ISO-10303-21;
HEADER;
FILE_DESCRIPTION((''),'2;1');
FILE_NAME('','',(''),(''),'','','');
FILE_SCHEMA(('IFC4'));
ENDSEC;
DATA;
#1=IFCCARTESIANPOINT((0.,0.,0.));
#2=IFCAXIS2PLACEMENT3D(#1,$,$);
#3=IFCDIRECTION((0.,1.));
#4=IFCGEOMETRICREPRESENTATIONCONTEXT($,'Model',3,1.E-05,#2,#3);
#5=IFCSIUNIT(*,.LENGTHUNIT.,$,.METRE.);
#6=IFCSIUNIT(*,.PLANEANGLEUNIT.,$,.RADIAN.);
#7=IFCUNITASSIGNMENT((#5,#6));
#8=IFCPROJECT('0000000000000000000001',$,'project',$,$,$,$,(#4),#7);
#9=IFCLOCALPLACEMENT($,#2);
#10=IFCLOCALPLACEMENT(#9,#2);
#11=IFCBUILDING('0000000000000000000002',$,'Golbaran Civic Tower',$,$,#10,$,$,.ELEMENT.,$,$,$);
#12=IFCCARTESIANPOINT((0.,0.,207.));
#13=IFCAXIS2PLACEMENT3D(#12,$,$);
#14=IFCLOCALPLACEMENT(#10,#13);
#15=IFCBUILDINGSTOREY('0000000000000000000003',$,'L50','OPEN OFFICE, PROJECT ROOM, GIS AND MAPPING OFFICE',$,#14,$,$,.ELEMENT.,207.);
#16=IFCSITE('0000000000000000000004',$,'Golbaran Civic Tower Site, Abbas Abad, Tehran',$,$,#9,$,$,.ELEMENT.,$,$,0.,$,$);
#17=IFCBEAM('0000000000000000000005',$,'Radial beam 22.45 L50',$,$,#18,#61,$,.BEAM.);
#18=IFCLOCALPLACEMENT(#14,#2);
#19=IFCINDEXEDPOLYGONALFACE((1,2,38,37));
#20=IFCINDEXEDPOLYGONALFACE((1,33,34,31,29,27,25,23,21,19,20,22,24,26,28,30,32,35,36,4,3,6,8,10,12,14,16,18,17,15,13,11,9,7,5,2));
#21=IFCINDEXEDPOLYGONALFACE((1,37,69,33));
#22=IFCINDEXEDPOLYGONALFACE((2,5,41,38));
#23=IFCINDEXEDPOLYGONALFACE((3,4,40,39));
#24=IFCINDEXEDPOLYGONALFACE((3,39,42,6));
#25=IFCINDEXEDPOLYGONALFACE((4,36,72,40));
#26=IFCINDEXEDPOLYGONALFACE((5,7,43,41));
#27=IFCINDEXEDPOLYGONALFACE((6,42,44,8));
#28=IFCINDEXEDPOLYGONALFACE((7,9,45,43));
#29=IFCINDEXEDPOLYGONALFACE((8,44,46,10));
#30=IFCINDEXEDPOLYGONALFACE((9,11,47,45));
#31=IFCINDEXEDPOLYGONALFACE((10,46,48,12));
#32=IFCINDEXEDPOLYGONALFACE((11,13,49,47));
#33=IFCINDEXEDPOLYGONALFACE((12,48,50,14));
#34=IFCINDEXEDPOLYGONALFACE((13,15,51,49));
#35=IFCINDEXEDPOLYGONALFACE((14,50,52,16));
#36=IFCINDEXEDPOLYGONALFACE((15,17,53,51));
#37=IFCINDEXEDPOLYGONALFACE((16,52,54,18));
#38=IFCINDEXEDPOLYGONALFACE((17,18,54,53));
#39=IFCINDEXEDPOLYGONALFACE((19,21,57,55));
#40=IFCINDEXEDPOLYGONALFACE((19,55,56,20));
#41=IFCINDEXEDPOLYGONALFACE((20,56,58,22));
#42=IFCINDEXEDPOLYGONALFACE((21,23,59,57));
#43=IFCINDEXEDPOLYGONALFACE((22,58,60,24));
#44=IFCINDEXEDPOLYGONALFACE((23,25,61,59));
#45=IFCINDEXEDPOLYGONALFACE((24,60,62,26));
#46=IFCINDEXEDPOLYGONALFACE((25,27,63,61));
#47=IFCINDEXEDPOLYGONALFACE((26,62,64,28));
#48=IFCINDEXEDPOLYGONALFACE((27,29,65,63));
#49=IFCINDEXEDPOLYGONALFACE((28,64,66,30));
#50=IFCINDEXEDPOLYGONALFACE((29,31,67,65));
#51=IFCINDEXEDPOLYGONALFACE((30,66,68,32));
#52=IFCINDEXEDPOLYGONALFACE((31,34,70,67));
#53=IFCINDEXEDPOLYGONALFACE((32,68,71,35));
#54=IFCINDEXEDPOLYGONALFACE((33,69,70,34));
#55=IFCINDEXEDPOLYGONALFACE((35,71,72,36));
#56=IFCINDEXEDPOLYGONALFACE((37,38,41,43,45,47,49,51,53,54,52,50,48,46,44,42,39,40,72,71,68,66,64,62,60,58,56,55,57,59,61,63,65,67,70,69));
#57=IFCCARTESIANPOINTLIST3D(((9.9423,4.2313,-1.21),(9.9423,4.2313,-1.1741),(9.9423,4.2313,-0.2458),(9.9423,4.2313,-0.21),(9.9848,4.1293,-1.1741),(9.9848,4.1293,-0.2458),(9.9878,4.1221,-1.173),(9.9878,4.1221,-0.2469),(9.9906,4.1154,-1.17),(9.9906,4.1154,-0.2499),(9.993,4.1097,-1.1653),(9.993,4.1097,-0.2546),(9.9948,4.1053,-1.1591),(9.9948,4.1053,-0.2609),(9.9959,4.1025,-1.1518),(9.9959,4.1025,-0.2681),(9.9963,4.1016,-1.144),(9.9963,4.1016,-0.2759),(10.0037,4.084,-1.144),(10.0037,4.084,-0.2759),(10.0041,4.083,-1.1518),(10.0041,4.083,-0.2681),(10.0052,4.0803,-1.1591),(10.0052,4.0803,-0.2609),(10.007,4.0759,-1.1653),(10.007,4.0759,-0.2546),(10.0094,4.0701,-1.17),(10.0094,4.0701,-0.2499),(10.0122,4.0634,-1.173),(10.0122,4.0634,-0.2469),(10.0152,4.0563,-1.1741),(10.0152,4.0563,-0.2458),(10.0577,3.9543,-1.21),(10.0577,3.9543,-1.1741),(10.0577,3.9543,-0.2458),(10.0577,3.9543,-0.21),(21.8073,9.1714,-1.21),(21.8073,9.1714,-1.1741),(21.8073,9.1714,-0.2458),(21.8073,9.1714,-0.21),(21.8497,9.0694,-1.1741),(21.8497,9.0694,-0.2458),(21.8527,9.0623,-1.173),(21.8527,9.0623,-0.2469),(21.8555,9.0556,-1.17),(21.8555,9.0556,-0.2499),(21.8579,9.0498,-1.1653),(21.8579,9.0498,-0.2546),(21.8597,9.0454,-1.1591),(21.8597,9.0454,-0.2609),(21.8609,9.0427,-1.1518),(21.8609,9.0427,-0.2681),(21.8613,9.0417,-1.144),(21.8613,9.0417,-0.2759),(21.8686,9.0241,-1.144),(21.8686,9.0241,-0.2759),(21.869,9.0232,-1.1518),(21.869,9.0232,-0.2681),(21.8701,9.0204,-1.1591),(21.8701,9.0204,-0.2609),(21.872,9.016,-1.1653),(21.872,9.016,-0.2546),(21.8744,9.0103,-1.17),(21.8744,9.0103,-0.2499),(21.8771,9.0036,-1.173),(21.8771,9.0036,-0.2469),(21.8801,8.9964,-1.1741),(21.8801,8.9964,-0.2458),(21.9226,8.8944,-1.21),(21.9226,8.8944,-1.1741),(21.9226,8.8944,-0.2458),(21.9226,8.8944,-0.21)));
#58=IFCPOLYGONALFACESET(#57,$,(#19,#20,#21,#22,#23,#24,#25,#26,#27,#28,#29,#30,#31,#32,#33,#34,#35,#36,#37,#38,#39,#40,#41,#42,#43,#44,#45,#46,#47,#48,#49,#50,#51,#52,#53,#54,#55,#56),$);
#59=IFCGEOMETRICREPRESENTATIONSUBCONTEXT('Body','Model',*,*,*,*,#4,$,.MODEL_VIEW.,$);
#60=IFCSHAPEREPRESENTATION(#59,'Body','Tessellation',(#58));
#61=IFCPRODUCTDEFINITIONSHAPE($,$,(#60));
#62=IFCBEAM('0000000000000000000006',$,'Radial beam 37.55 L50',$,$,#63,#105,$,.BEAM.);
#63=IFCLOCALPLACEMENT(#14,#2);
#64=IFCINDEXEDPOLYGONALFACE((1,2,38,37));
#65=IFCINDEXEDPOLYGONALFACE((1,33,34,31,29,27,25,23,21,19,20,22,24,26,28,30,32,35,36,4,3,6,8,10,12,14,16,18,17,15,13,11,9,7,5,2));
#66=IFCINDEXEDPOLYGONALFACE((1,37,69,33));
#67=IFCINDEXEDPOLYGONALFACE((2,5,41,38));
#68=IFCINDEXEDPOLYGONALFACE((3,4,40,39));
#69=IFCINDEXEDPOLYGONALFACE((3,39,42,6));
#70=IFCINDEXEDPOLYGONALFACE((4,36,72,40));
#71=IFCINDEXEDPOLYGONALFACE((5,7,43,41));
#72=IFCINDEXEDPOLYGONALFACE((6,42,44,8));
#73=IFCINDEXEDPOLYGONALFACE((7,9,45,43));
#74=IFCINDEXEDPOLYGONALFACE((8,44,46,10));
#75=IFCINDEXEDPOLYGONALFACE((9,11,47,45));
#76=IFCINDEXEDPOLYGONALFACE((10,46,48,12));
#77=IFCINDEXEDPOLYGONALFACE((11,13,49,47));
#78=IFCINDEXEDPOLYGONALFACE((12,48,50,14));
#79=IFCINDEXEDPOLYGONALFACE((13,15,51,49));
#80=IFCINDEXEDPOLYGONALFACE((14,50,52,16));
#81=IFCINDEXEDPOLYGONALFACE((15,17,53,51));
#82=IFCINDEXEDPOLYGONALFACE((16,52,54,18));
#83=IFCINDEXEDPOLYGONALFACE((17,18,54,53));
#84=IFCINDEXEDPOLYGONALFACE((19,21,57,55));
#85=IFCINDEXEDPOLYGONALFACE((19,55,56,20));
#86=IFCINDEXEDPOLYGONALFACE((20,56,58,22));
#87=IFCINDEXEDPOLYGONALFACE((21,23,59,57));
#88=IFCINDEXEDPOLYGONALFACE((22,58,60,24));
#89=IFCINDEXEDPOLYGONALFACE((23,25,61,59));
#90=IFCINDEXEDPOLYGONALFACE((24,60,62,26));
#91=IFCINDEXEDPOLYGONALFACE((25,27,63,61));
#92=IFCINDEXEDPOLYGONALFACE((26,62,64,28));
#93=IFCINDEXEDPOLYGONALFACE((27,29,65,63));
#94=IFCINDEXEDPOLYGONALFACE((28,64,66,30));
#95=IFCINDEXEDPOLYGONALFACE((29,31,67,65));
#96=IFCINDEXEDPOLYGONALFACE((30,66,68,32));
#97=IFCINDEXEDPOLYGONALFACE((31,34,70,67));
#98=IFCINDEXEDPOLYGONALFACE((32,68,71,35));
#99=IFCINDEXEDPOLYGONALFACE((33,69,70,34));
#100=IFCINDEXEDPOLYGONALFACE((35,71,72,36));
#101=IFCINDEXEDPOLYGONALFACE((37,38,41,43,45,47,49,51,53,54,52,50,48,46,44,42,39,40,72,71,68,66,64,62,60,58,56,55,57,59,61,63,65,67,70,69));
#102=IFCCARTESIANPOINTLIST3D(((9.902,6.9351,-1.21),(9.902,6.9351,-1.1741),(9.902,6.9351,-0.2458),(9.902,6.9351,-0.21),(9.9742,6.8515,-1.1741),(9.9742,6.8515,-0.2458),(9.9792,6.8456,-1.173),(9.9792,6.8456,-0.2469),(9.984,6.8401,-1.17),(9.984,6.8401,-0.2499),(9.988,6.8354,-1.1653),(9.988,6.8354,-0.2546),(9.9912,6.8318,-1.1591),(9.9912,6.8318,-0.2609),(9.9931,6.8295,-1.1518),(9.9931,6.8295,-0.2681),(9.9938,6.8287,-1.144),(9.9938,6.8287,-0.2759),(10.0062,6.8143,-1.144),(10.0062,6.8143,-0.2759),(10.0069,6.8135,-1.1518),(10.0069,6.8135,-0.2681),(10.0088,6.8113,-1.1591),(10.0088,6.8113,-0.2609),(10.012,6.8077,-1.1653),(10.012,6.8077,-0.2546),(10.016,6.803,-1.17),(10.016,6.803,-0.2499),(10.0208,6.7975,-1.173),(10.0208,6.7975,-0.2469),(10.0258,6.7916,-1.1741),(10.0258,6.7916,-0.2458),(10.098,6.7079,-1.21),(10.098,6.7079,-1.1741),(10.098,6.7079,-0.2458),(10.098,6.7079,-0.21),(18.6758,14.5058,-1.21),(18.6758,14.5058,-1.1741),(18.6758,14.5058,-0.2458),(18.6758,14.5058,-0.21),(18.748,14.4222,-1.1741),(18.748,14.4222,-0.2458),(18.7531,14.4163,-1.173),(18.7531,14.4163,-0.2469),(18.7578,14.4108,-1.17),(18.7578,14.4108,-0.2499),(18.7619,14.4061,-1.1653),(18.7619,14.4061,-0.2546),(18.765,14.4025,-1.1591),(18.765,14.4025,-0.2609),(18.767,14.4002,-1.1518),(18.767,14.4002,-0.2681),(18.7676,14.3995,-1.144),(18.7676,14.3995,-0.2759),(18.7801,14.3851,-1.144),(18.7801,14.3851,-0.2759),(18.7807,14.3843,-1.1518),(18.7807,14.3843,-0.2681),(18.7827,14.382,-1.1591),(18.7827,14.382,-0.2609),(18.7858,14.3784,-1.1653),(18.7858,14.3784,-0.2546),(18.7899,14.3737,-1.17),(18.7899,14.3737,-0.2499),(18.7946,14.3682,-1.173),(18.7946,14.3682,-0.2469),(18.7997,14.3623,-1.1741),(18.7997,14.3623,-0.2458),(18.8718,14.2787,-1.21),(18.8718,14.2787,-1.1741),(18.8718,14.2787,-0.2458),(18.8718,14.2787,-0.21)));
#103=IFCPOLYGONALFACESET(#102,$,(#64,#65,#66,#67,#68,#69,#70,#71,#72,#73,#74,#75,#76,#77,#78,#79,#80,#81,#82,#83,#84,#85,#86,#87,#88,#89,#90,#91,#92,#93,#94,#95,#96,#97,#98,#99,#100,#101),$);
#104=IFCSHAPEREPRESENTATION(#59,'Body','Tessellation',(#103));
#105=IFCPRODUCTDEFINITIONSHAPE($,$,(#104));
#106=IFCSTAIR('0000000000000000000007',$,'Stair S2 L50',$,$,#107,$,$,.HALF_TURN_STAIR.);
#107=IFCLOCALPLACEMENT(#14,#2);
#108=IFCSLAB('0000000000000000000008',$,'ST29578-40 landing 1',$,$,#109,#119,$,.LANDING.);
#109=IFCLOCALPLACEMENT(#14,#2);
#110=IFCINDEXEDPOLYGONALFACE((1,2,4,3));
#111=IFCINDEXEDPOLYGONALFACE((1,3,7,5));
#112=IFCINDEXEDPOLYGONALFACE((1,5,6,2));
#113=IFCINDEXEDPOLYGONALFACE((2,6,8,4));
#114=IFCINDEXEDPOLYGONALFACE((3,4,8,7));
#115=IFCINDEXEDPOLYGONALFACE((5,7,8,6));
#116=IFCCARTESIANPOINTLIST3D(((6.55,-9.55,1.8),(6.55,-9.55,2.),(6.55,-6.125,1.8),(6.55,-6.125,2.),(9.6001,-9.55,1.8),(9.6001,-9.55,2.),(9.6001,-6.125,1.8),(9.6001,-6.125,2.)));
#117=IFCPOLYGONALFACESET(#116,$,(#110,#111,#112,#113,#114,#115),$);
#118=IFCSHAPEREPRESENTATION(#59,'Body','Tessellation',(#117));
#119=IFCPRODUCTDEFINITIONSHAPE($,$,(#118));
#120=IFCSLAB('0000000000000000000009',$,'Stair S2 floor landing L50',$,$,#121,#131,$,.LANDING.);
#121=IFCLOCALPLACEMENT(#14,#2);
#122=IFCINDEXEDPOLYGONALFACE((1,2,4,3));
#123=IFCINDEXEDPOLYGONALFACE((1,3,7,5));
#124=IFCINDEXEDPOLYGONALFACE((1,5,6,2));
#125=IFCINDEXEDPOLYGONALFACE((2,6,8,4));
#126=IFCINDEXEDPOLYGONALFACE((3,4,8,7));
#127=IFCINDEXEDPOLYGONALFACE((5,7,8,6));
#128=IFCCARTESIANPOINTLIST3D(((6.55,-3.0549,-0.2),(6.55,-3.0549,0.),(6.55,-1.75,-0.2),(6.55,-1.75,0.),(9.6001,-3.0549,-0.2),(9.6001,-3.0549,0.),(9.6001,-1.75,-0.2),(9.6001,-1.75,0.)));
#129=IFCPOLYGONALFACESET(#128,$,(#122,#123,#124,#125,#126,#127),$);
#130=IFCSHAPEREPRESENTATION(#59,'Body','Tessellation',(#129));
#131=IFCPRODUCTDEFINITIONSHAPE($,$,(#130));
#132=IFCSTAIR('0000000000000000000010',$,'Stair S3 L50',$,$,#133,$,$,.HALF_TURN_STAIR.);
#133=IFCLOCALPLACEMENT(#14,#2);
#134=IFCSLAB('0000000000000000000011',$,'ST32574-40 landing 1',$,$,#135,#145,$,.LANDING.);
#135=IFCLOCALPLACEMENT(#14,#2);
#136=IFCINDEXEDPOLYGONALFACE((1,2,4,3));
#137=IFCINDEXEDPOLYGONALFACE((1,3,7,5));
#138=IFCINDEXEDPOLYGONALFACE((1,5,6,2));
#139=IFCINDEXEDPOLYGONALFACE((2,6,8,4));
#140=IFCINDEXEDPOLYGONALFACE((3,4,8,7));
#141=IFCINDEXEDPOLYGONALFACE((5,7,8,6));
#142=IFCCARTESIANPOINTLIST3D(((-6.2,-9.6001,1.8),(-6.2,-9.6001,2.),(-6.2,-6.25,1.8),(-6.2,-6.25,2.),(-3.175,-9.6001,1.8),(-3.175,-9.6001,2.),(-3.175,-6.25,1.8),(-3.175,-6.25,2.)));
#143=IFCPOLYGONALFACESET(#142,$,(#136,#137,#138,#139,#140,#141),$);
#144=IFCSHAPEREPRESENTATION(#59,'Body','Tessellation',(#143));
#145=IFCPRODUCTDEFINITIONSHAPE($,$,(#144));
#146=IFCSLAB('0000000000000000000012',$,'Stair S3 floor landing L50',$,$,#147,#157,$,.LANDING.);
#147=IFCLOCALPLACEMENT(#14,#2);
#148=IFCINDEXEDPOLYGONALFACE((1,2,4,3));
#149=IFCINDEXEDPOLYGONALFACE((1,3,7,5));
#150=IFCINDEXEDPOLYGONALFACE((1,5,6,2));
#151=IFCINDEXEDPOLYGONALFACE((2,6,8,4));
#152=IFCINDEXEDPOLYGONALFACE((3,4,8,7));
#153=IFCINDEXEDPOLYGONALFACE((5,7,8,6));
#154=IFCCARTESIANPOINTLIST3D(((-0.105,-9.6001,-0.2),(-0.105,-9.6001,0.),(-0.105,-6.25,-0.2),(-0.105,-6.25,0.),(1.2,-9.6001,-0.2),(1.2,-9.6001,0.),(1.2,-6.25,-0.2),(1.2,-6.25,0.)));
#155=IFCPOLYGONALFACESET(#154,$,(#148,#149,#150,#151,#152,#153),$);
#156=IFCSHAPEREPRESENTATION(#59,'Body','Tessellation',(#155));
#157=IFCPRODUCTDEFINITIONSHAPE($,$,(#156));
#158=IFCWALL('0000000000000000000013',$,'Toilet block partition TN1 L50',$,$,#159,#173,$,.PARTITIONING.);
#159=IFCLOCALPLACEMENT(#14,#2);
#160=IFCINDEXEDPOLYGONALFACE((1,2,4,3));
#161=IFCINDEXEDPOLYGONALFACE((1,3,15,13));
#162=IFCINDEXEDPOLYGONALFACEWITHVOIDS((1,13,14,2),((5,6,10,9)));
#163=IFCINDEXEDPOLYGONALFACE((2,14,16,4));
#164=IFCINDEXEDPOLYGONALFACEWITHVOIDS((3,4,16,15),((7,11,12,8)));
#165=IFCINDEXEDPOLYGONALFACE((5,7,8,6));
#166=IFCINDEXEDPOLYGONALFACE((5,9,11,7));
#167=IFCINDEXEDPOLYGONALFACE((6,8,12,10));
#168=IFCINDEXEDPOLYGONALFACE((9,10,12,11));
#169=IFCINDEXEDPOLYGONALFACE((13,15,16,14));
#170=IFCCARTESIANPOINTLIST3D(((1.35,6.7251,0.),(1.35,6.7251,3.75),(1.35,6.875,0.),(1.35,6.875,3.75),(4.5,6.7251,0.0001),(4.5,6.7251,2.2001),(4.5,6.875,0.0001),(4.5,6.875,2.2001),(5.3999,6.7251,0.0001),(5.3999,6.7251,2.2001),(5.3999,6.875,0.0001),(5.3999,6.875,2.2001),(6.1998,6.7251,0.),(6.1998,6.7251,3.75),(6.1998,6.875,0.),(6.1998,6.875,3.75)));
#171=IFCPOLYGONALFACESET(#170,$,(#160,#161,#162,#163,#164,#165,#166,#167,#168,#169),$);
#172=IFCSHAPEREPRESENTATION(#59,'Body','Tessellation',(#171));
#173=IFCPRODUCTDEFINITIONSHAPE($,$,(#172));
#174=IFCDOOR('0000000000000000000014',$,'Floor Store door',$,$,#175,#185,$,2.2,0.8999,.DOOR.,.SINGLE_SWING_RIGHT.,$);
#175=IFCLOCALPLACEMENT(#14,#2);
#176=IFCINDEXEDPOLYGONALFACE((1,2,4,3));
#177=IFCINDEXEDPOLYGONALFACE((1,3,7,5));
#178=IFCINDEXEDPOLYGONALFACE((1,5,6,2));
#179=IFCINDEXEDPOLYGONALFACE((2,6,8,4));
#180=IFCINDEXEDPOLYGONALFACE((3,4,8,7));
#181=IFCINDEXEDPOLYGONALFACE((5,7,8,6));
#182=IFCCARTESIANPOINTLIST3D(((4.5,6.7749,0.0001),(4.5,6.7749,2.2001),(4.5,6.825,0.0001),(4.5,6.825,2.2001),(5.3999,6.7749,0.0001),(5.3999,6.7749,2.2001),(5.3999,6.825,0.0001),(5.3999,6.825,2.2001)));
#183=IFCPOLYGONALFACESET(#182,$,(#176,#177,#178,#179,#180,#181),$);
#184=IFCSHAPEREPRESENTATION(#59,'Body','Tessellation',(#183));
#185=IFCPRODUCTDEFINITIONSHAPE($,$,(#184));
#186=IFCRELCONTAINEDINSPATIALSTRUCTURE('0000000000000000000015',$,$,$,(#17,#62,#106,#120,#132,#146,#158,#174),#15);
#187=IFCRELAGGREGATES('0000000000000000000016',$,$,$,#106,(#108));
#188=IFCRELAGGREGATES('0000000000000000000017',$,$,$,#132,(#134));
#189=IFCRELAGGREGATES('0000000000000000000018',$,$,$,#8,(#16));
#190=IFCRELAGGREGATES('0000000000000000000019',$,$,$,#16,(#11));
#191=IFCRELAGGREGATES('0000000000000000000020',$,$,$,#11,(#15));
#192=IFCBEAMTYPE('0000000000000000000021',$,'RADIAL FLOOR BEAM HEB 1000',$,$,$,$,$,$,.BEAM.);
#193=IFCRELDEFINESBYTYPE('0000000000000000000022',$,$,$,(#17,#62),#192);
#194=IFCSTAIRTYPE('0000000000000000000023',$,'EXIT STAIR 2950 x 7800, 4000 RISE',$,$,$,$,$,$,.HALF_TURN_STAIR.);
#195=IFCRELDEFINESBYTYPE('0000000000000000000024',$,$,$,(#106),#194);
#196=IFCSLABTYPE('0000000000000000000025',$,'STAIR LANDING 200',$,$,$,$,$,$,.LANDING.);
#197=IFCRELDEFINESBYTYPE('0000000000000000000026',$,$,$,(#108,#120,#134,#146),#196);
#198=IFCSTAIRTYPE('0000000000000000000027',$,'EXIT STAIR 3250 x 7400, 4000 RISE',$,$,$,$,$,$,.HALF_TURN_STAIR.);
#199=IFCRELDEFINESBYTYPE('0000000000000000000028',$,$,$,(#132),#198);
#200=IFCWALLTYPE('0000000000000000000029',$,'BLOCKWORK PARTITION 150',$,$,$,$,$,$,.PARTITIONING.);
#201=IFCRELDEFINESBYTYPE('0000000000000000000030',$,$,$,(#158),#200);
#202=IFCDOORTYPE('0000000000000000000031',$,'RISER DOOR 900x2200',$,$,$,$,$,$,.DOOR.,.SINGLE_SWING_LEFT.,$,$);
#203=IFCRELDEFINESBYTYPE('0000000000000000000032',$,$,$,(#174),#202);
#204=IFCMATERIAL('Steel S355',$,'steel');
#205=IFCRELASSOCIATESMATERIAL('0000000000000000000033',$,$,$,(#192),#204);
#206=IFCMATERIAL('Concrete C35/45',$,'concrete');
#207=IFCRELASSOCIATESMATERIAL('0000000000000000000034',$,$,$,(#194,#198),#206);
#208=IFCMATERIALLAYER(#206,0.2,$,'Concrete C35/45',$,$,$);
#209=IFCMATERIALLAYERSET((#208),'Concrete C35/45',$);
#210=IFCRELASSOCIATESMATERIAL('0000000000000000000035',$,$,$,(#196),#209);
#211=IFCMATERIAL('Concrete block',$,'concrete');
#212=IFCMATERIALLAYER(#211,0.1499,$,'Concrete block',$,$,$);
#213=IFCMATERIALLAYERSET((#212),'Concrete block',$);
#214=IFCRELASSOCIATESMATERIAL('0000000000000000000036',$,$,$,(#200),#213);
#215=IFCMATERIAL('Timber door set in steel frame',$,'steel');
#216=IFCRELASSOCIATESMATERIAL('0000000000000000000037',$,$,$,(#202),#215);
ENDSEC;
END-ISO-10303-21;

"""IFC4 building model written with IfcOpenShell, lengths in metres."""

from ifc_helpers import new_model, si_unit, direction, frame, frame_2d, origin, origin_2d, place, context, subcontext, project, spatial, polyline, rectangle, i_section, outline, extrude, material, layer, layer_set, material_profile, profile_set, type_object, element, fill, aggregate, save


model = new_model("IFC4")

# Units and contexts
model_context = context("Model", 3, precision=1e-05, world=origin(), true_north=direction((0.0, 1.0)))
body_context = subcontext(model_context, "Body", "Model", "MODEL_VIEW")
ifc_project = project(units=[si_unit("LENGTHUNIT", "METRE"), si_unit("PLANEANGLEUNIT", "RADIAN")], contexts=[model_context])

# Site, building, storey
site_placement = place(None, origin())
site = spatial("IfcSite", under=ifc_project, at=site_placement, Name="Golbaran Civic Tower Site, Abbas Abad, Tehran", CompositionType="ELEMENT", RefElevation=0.0)
building_placement = place(site_placement, origin())
building = spatial("IfcBuilding", under=site, at=building_placement, Name="Golbaran Civic Tower", CompositionType="ELEMENT")
storey_placement = place(building_placement, frame((0.0, 0.0, 207.0)))
storey = spatial("IfcBuildingStorey", under=building, at=storey_placement, Name="L50", Description="OPEN OFFICE, PROJECT ROOM, GIS AND MAPPING OFFICE", CompositionType="ELEMENT", Elevation=207.0)

# Beams
ifc_material_1 = material(Name="Steel S355", Category="steel")
ifc_material_profile_1 = material_profile(ifc_material_1, i_section(OverallWidth=0.3, OverallDepth=1.0, WebThickness=0.019, FlangeThickness=0.0359, FilletRadius=0.03, at=origin_2d()), Name="HEB 1000")
ifc_profile_set_1 = profile_set([ifc_material_profile_1], Name="Steel S355")
beam_type_1 = type_object("IfcBeamType", Name="RADIAL FLOOR BEAM HEB 1000", PredefinedType="BEAM", material=ifc_profile_set_1)
beam_1_placement = place(storey_placement, frame((10.0, 4.0928, -0.71), z_axis=(0.923175, 0.384379, 0.0), x_axis=(-0.384379, 0.923175, 0.0)))
element("IfcBeam", 1, at=beam_1_placement, inside=storey, type_object=beam_type_1, Name="Radial beam 22.45 L50", PredefinedType="BEAM", context=body_context, shape_type="SweptSolid", body=[
    extrude(i_section(OverallWidth=0.3, OverallDepth=1.0, WebThickness=0.019, FlangeThickness=0.0359, FilletRadius=0.03, at=origin_2d()), origin(), (0.0, 0.0, 1.0), 12.8523),
])
beam_2_placement = place(storey_placement, frame((10.0, 6.8215, -0.71), z_axis=(0.757108, 0.65329, 0.0), x_axis=(-0.65329, 0.757108, 0.0)))
element("IfcBeam", 2, at=beam_2_placement, inside=storey, type_object=beam_type_1, Name="Radial beam 37.55 L50", PredefinedType="BEAM", context=body_context, shape_type="SweptSolid", body=[
    extrude(i_section(OverallWidth=0.3, OverallDepth=1.0, WebThickness=0.019, FlangeThickness=0.0359, FilletRadius=0.03, at=origin_2d()), origin(), (0.0, 0.0, 1.0), 11.5886),
])

# Stair, slab
ifc_material_2 = material(Name="Concrete C35/45", Category="concrete")
stair_type_1 = type_object("IfcStairType", Name="EXIT STAIR 2950 x 7800, 4000 RISE", PredefinedType="HALF_TURN_STAIR", material=ifc_material_2)
stair_1_placement = place(storey_placement, origin())
stair_1 = element("IfcStair", 3, at=stair_1_placement, inside=storey, type_object=stair_type_1, Name="Stair S2 L50", PredefinedType="HALF_TURN_STAIR")
ifc_layer_1 = layer(ifc_material_2, 0.2, Name="Concrete C35/45")
ifc_layer_set_1 = layer_set([ifc_layer_1], Name="Concrete C35/45")
slab_type = type_object("IfcSlabType", Name="STAIR LANDING 200", PredefinedType="LANDING", material=ifc_layer_set_1)
slab_1_placement = place(storey_placement, frame((0.0, 0.0, 1.8)))
slab_1 = element("IfcSlab", 4, at=slab_1_placement, type_object=slab_type, Name="ST29578-40 landing 1", PredefinedType="LANDING", context=body_context, shape_type="SweptSolid", body=[
    extrude(outline(polyline([(9.6001, -6.125), (9.6001, -9.55), (6.55, -9.55), (6.55, -6.125), (9.6001, -6.125)])), origin(), (0.0, 0.0, 1.0), 0.2),
])
aggregate(stair_1, [slab_1])

# Slab
slab_2_placement = place(storey_placement, frame((0.0, 0.0, -0.2)))
element("IfcSlab", 5, at=slab_2_placement, inside=storey, type_object=slab_type, Name="Stair S2 floor landing L50", PredefinedType="LANDING", context=body_context, shape_type="SweptSolid", body=[
    extrude(outline(polyline([(9.6001, -1.75), (9.6001, -3.0549), (6.55, -3.0549), (6.55, -1.75), (9.6001, -1.75)])), origin(), (0.0, 0.0, 1.0), 0.2),
])

# Stair, slab
stair_type_2 = type_object("IfcStairType", Name="EXIT STAIR 3250 x 7400, 4000 RISE", PredefinedType="HALF_TURN_STAIR", material=ifc_material_2)
stair_2_placement = place(storey_placement, origin())
stair_2 = element("IfcStair", 6, at=stair_2_placement, inside=storey, type_object=stair_type_2, Name="Stair S3 L50", PredefinedType="HALF_TURN_STAIR")
slab_3_placement = place(storey_placement, frame((0.0, 0.0, 1.8)))
slab_3 = element("IfcSlab", 7, at=slab_3_placement, type_object=slab_type, Name="ST32574-40 landing 1", PredefinedType="LANDING", context=body_context, shape_type="SweptSolid", body=[
    extrude(outline(polyline([(-3.175, -9.6001), (-6.2, -9.6001), (-6.2, -6.25), (-3.175, -6.25), (-3.175, -9.6001)])), origin(), (0.0, 0.0, 1.0), 0.2),
])
aggregate(stair_2, [slab_3])

# Slab
slab_4_placement = place(storey_placement, frame((0.0, 0.0, -0.2)))
element("IfcSlab", 8, at=slab_4_placement, inside=storey, type_object=slab_type, Name="Stair S3 floor landing L50", PredefinedType="LANDING", context=body_context, shape_type="SweptSolid", body=[
    extrude(outline(polyline([(1.2, -9.6001), (-0.105, -9.6001), (-0.105, -6.25), (1.2, -6.25), (1.2, -9.6001)])), origin(), (0.0, 0.0, 1.0), 0.2),
])

# Wall, opening, door
ifc_material_3 = material(Name="Concrete block", Category="concrete")
ifc_layer_2 = layer(ifc_material_3, 0.1499, Name="Concrete block")
ifc_layer_set_2 = layer_set([ifc_layer_2], Name="Concrete block")
wall_type_1 = type_object("IfcWallType", Name="BLOCKWORK PARTITION 150", PredefinedType="PARTITIONING", material=ifc_layer_set_2)
wall_1_placement = place(storey_placement, frame((1.3501, 6.8, 0.0), z_axis=(0.0, 0.0, 1.0), x_axis=(1.0, 0.0, 0.0)))
wall_1 = element("IfcWall", 9, at=wall_1_placement, inside=storey, type_object=wall_type_1, Name="Toilet block partition TN1 L50", PredefinedType="PARTITIONING", context=body_context, shape_type="SweptSolid", body=[
    extrude(rectangle(XDim=4.8499, YDim=0.1499, at=frame_2d((2.4248, 0.0))), origin(), (0.0, 0.0, 1.0), 3.75),
])
opening_1_placement = place(wall_1_placement, frame((3.1499, 0.0, 0.0)))
opening_1 = element("IfcOpeningElement", 10, at=opening_1_placement, cuts=wall_1, PredefinedType="OPENING", context=body_context, shape_type="SweptSolid", body=[
    extrude(rectangle(XDim=0.8999, YDim=2.2, at=frame_2d((0.45, 1.1001))), frame((0.0, 0.085, 0.0), z_axis=(0.0, -1.0, 0.0), x_axis=(1.0, 0.0, 0.0)), (0.0, 0.0, 1.0), 0.1699),
])
ifc_material_4 = material(Name="Timber door set in steel frame", Category="steel")
door_type_1 = type_object("IfcDoorType", Name="RISER DOOR 900x2200", OperationType="SINGLE_SWING_LEFT", PredefinedType="DOOR", material=ifc_material_4)
door_1_placement = place(opening_1_placement, origin())
door_1 = element("IfcDoor", 11, at=door_1_placement, inside=storey, type_object=door_type_1, Name="Floor Store door", OperationType="SINGLE_SWING_RIGHT", OverallHeight=2.2, OverallWidth=0.8999, PredefinedType="DOOR", context=body_context, shape_type="SweptSolid", body=[
    extrude(rectangle(XDim=0.8999, YDim=2.2, at=frame_2d((0.45, 1.1001))), frame((0.0, 0.0249, 0.0), z_axis=(0.0, -1.0, 0.0), x_axis=(1.0, 0.0, 0.0)), (0.0, 0.0, 1.0), 0.05),
])
fill(opening_1, door_1)

save(model, "model.ifc")
